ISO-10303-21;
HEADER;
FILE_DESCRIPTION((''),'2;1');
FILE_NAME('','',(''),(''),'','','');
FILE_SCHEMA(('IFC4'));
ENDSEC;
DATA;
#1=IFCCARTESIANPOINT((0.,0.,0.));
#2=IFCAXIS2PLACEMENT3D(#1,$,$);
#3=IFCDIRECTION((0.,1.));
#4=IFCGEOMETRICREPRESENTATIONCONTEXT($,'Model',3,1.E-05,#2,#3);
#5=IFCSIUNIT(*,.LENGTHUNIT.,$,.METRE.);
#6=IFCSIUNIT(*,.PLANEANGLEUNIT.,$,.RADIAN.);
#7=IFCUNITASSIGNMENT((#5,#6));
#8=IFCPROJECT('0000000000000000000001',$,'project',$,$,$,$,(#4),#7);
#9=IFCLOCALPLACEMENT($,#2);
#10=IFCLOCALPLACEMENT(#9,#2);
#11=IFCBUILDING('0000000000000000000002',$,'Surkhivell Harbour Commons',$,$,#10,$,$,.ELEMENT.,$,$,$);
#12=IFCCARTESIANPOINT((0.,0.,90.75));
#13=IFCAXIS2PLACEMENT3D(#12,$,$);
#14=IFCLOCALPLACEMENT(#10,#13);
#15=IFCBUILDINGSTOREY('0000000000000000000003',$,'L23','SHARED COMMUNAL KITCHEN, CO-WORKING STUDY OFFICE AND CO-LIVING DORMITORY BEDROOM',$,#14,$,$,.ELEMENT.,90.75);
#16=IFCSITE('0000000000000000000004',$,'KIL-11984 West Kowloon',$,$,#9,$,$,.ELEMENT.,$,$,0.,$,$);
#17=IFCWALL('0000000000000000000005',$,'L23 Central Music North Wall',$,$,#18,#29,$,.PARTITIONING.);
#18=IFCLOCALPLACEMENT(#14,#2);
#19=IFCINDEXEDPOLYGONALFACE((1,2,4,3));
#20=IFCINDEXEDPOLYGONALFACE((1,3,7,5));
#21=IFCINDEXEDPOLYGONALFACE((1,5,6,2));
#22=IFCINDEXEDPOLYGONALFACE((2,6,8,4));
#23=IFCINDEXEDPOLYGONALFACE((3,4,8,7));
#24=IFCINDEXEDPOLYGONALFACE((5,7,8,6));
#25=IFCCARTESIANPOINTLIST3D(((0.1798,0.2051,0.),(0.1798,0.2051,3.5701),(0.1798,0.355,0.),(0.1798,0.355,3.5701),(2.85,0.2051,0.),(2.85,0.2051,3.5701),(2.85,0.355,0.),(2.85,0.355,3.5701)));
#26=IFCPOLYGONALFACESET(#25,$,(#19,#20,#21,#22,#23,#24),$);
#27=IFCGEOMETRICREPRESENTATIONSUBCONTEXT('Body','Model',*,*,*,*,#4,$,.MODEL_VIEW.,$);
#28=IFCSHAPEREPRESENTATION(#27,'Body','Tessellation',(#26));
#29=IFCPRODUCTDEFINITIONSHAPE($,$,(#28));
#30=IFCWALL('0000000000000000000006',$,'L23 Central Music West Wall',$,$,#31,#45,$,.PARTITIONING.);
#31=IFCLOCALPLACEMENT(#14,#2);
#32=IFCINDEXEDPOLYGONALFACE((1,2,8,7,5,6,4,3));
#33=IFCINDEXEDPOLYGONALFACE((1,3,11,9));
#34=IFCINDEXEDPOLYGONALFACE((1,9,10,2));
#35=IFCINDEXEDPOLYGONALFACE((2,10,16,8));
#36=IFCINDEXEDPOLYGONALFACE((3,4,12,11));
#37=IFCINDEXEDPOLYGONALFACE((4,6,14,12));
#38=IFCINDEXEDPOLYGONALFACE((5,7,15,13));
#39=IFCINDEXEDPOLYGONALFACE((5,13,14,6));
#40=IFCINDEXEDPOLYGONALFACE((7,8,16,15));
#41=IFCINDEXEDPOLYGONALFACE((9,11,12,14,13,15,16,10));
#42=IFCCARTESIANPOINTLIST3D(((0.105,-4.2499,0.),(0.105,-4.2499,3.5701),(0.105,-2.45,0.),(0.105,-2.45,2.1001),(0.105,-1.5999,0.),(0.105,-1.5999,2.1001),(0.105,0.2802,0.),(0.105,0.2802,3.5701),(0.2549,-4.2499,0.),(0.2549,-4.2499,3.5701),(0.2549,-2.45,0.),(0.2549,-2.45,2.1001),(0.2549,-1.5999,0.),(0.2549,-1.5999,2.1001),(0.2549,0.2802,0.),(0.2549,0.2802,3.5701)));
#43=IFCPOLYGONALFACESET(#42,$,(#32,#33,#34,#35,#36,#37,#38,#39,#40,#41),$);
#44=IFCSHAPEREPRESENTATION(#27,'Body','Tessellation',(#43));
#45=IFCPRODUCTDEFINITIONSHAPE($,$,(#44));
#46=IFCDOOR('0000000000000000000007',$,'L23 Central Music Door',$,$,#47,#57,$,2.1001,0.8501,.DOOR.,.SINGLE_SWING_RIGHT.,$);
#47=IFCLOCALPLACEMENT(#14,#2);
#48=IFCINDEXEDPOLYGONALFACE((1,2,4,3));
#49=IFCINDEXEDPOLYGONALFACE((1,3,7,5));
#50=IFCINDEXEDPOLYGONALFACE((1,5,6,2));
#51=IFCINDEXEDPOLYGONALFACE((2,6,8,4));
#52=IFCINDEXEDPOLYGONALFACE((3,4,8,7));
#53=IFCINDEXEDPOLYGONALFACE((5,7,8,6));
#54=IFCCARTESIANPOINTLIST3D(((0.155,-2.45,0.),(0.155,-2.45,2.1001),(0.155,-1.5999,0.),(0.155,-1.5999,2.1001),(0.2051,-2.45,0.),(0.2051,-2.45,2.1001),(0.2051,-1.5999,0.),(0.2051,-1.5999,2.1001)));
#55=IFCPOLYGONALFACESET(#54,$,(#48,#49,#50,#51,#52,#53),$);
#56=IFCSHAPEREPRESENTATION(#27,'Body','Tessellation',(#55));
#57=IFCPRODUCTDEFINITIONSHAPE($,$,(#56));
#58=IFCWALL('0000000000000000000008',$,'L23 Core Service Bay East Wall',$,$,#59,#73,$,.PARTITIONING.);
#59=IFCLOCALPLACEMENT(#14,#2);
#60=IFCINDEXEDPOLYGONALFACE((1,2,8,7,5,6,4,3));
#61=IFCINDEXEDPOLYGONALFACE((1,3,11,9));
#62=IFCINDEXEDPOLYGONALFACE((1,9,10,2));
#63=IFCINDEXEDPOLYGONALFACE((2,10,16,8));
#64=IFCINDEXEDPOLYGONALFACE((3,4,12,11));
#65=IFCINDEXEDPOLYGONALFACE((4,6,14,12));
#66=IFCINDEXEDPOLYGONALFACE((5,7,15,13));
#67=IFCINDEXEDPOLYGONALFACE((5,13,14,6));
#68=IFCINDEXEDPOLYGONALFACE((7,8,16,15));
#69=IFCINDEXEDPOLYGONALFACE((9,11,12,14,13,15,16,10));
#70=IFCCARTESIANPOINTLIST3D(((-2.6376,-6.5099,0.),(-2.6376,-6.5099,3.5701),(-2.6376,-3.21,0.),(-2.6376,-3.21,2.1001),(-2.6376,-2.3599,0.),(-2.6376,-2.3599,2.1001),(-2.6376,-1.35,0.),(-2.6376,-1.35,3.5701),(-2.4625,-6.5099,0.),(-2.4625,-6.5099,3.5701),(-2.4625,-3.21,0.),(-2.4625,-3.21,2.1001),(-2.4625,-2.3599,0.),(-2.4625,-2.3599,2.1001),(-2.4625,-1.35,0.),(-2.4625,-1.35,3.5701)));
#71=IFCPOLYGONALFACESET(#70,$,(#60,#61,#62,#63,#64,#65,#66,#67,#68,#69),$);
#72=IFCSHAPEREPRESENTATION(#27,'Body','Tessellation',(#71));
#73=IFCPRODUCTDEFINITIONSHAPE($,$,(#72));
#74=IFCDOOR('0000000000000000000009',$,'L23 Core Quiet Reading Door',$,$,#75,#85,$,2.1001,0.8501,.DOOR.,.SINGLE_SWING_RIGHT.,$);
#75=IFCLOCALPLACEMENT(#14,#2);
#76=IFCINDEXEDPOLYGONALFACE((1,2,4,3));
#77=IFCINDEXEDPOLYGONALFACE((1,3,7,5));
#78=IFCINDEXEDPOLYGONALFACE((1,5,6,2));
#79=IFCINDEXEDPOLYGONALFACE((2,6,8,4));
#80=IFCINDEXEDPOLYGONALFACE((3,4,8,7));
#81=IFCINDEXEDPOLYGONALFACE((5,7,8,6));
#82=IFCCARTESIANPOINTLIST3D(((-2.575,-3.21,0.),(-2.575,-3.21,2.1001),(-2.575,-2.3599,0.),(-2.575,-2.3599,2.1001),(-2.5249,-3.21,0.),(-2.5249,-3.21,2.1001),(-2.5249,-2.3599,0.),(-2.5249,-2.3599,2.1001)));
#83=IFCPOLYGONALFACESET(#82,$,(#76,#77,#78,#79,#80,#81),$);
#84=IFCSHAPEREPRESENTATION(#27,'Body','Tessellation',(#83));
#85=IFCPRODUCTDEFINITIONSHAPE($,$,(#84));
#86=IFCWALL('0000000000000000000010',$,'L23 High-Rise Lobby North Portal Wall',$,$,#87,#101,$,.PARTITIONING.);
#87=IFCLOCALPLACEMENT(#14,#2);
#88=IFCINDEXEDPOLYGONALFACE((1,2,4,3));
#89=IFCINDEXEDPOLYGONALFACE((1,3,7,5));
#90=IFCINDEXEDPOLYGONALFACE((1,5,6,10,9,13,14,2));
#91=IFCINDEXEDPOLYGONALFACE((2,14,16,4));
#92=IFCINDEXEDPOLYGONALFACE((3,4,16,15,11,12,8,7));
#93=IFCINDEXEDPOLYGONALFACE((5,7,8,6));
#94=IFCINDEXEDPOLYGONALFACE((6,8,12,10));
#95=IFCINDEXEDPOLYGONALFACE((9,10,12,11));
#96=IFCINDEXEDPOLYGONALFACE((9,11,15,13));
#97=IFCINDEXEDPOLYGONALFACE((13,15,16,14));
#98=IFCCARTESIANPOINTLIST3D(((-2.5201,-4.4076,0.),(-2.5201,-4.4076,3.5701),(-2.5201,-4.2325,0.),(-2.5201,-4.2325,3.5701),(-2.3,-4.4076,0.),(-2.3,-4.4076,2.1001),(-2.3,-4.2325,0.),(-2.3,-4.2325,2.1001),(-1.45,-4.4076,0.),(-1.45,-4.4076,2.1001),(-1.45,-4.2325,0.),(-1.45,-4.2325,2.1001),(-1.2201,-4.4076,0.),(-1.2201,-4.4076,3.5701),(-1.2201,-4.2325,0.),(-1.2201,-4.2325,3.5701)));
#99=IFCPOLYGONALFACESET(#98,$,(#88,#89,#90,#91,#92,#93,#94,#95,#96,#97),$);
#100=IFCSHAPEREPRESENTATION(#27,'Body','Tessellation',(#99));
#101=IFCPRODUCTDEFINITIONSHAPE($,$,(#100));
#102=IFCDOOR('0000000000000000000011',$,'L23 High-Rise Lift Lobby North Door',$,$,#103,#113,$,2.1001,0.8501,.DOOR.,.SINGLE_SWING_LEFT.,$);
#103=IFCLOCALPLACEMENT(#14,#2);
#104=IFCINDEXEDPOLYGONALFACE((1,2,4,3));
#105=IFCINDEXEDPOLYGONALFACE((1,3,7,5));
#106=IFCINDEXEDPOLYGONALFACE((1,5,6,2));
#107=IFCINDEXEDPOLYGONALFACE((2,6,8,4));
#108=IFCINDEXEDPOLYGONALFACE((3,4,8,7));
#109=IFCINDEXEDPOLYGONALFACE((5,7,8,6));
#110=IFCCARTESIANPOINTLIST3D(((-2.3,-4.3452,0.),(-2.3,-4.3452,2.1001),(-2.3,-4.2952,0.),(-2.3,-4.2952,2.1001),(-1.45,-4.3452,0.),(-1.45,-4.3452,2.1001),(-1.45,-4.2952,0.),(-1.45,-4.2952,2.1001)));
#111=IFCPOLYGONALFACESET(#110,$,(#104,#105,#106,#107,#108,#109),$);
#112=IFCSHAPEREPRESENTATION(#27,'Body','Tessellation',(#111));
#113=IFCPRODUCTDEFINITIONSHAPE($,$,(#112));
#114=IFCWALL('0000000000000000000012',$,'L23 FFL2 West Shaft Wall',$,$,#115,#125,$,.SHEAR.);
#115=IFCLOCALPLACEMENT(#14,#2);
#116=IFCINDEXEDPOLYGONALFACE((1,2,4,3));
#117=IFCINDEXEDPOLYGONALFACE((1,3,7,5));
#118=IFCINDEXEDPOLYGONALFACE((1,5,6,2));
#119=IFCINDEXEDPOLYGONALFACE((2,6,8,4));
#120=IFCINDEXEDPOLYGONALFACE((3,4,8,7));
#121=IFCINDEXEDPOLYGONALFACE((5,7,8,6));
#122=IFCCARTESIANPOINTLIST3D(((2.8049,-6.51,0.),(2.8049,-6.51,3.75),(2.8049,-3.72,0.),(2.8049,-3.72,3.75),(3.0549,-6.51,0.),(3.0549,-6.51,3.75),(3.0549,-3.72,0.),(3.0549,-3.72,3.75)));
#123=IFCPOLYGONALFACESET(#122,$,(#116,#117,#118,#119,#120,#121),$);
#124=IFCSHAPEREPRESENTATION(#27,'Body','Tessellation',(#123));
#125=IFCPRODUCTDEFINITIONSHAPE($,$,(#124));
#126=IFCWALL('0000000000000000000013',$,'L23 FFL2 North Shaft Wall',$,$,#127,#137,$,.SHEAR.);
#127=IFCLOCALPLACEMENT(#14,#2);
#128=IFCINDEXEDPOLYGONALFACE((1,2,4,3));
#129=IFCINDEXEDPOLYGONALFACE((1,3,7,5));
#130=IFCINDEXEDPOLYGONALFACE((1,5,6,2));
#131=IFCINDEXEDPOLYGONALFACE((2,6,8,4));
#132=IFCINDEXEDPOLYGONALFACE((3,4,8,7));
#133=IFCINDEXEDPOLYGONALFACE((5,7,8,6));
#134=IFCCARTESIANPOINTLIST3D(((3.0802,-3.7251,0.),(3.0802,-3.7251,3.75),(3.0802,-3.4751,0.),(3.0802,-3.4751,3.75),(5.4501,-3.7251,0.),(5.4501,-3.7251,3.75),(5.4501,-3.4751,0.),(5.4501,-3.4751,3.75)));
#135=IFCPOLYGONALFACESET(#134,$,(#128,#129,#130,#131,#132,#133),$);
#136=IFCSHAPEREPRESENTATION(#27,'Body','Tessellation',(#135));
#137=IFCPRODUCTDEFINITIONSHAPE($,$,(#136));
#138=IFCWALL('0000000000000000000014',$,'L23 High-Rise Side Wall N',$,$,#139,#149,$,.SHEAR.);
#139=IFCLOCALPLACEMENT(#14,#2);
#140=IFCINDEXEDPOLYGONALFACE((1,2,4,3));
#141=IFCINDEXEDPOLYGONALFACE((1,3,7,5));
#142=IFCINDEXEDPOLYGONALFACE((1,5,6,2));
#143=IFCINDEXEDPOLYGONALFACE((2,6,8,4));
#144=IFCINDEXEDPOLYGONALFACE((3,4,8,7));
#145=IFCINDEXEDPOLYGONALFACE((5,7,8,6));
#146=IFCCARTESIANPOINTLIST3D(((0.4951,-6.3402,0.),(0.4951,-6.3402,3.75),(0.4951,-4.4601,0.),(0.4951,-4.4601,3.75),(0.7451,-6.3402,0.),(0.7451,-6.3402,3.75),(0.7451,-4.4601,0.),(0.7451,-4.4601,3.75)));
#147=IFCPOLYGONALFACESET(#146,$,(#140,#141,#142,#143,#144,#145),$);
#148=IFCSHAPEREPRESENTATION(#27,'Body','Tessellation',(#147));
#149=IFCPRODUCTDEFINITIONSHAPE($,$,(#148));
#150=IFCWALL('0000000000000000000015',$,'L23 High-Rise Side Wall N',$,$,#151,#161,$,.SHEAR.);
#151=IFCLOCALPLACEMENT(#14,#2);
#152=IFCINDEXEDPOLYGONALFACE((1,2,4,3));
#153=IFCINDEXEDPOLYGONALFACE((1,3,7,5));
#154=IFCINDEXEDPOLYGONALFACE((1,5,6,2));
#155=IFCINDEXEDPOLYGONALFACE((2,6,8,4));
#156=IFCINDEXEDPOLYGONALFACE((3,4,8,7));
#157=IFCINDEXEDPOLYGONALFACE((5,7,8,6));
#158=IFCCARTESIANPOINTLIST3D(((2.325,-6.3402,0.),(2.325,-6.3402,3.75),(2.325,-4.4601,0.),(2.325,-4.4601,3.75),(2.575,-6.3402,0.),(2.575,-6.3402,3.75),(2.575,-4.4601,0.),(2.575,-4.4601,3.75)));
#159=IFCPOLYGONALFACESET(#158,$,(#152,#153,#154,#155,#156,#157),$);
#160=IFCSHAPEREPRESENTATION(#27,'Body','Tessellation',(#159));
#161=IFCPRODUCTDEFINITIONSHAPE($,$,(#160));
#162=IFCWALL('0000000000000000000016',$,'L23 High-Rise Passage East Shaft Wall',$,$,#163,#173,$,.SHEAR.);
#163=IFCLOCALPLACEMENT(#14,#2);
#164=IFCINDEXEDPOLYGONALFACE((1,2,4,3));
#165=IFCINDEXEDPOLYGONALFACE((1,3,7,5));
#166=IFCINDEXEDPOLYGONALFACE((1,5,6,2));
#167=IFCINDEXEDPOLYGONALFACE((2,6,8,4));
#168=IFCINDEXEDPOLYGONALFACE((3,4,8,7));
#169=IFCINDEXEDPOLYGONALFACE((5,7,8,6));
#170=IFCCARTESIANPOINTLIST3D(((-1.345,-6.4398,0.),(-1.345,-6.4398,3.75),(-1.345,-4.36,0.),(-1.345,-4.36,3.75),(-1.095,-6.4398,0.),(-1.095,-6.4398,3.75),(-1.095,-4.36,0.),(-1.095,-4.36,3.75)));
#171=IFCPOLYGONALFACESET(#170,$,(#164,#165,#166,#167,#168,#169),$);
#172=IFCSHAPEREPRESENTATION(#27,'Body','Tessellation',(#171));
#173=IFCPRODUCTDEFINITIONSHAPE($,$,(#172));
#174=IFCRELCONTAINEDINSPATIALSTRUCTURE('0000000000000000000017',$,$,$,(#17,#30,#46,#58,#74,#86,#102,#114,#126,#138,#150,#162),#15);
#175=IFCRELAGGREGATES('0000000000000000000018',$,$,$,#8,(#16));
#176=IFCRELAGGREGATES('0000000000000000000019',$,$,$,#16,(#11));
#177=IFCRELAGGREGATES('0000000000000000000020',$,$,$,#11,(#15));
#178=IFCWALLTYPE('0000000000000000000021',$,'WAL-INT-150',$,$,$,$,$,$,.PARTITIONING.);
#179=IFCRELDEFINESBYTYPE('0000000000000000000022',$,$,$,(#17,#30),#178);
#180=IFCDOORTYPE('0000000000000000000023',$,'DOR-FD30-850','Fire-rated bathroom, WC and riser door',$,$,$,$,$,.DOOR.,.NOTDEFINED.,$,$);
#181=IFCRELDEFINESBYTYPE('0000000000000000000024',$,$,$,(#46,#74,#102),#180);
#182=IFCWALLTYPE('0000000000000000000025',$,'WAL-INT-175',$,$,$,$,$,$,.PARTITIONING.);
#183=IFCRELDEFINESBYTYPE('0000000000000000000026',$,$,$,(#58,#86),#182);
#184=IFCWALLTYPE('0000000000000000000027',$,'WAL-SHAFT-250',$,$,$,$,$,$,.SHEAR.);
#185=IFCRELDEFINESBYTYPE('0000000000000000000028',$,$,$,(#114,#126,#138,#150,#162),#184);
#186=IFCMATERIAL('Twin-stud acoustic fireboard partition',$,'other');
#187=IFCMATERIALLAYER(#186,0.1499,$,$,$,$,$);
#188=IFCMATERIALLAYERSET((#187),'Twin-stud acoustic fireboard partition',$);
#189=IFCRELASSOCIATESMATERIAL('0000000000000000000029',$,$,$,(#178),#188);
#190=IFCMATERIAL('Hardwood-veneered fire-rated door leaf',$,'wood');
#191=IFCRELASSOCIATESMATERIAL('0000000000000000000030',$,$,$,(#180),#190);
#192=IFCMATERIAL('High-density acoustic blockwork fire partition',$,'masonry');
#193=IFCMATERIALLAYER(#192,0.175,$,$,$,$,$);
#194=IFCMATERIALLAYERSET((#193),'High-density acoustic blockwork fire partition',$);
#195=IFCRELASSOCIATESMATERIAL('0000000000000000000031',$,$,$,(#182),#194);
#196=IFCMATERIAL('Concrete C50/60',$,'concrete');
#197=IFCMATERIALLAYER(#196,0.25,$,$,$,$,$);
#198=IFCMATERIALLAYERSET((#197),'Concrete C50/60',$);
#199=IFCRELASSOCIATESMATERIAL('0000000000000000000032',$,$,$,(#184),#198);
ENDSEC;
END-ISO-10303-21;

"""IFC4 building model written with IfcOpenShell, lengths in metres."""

from ifc_helpers import new_model, si_unit, direction, frame, frame_2d, origin, place, context, subcontext, project, spatial, rectangle, extrude, material, layer, layer_set, type_object, element, fill, save


model = new_model("IFC4")

# Units and contexts
model_context = context("Model", 3, precision=1e-05, world=origin(), true_north=direction((0.0, 1.0)))
body_context = subcontext(model_context, "Body", "Model", "MODEL_VIEW")
ifc_project = project(units=[si_unit("LENGTHUNIT", "METRE"), si_unit("PLANEANGLEUNIT", "RADIAN")], contexts=[model_context])

# Site, building, storey
site_placement = place(None, origin())
site = spatial("IfcSite", under=ifc_project, at=site_placement, Name="KIL-11984 West Kowloon", CompositionType="ELEMENT", RefElevation=0.0)
building_placement = place(site_placement, origin())
building = spatial("IfcBuilding", under=site, at=building_placement, Name="Surkhivell Harbour Commons", CompositionType="ELEMENT")
storey_placement = place(building_placement, frame((0.0, 0.0, 90.75)))
storey = spatial("IfcBuildingStorey", under=building, at=storey_placement, Name="L23", Description="SHARED COMMUNAL KITCHEN, CO-WORKING STUDY OFFICE AND CO-LIVING DORMITORY BEDROOM", CompositionType="ELEMENT", Elevation=90.75)

# Wall
ifc_material_1 = material(Name="Twin-stud acoustic fireboard partition", Category="other")
ifc_layer_1 = layer(ifc_material_1, 0.1499)
ifc_layer_set_1 = layer_set([ifc_layer_1], Name="Twin-stud acoustic fireboard partition")
wall_type_1 = type_object("IfcWallType", Name="WAL-INT-150", PredefinedType="PARTITIONING", material=ifc_layer_set_1)
wall_1_placement = place(storey_placement, frame((0.1799, 0.28, 0.0), z_axis=(0.0, 0.0, 1.0), x_axis=(1.0, 0.0, 0.0)))
element("IfcWall", 1, at=wall_1_placement, inside=storey, type_object=wall_type_1, Name="L23 Central Music North Wall", PredefinedType="PARTITIONING", context=body_context, shape_type="SweptSolid", body=[
    extrude(rectangle(XDim=2.6702, YDim=0.1499, at=frame_2d((1.335, 0.0))), origin(), (0.0, 0.0, 1.0), 3.5701),
])

# Walls, openings, doors
wall_2_placement = place(storey_placement, frame((0.1799, -4.25, 0.0), z_axis=(0.0, 0.0, 1.0), x_axis=(0.0, 1.0, 0.0)))
wall_2 = element("IfcWall", 2, at=wall_2_placement, inside=storey, type_object=wall_type_1, Name="L23 Central Music West Wall", PredefinedType="PARTITIONING", context=body_context, shape_type="SweptSolid", body=[
    extrude(rectangle(XDim=4.53, YDim=0.1499, at=frame_2d((2.2651, 0.0))), origin(), (0.0, 0.0, 1.0), 3.5701),
])
opening_1_placement = place(wall_2_placement, frame((1.8, 0.0, 0.0)))
opening_1 = element("IfcOpeningElement", 3, at=opening_1_placement, cuts=wall_2, PredefinedType="OPENING", context=body_context, shape_type="SweptSolid", body=[
    extrude(rectangle(XDim=0.8501, YDim=2.1001, at=frame_2d((0.425, 1.05))), frame((0.0, 0.085, 0.0), z_axis=(0.0, -1.0, 0.0), x_axis=(1.0, 0.0, 0.0)), (0.0, 0.0, 1.0), 0.1699),
])
ifc_material_2 = material(Name="Hardwood-veneered fire-rated door leaf", Category="wood")
door_type_1 = type_object("IfcDoorType", Name="DOR-FD30-850", Description="Fire-rated bathroom, WC and riser door", OperationType="NOTDEFINED", PredefinedType="DOOR", material=ifc_material_2)
door_1_placement = place(opening_1_placement, origin())
door_1 = element("IfcDoor", 4, at=door_1_placement, inside=storey, type_object=door_type_1, Name="L23 Central Music Door", OperationType="SINGLE_SWING_RIGHT", OverallHeight=2.1001, OverallWidth=0.8501, PredefinedType="DOOR", context=body_context, shape_type="SweptSolid", body=[
    extrude(rectangle(XDim=0.8501, YDim=2.1001, at=frame_2d((0.425, 1.05))), frame((0.0, 0.0249, 0.0), z_axis=(0.0, -1.0, 0.0), x_axis=(1.0, 0.0, 0.0)), (0.0, 0.0, 1.0), 0.05),
])
fill(opening_1, door_1)
ifc_material_3 = material(Name="High-density acoustic blockwork fire partition", Category="masonry")
ifc_layer_2 = layer(ifc_material_3, 0.175)
ifc_layer_set_2 = layer_set([ifc_layer_2], Name="High-density acoustic blockwork fire partition")
wall_type_2 = type_object("IfcWallType", Name="WAL-INT-175", PredefinedType="PARTITIONING", material=ifc_layer_set_2)
wall_3_placement = place(storey_placement, frame((-2.55, -6.51, 0.0), z_axis=(0.0, 0.0, 1.0), x_axis=(0.0, 1.0, 0.0)))
wall_3 = element("IfcWall", 5, at=wall_3_placement, inside=storey, type_object=wall_type_2, Name="L23 Core Service Bay East Wall", PredefinedType="PARTITIONING", context=body_context, shape_type="SweptSolid", body=[
    extrude(rectangle(XDim=5.1599, YDim=0.175, at=frame_2d((2.5801, 0.0))), origin(), (0.0, 0.0, 1.0), 3.5701),
])
opening_2_placement = place(wall_3_placement, frame((3.3, 0.0, 0.0)))
opening_2 = element("IfcOpeningElement", 6, at=opening_2_placement, cuts=wall_3, PredefinedType="OPENING", context=body_context, shape_type="SweptSolid", body=[
    extrude(rectangle(XDim=0.8501, YDim=2.1001, at=frame_2d((0.425, 1.05))), frame((0.0, 0.0974, 0.0), z_axis=(0.0, -1.0, 0.0), x_axis=(1.0, 0.0, 0.0)), (0.0, 0.0, 1.0), 0.1951),
])
door_2_placement = place(opening_2_placement, origin())
door_2 = element("IfcDoor", 7, at=door_2_placement, inside=storey, type_object=door_type_1, Name="L23 Core Quiet Reading Door", OperationType="SINGLE_SWING_RIGHT", OverallHeight=2.1001, OverallWidth=0.8501, PredefinedType="DOOR", context=body_context, shape_type="SweptSolid", body=[
    extrude(rectangle(XDim=0.8501, YDim=2.1001, at=frame_2d((0.425, 1.05))), frame((0.0, 0.0249, 0.0), z_axis=(0.0, -1.0, 0.0), x_axis=(1.0, 0.0, 0.0)), (0.0, 0.0, 1.0), 0.05),
])
fill(opening_2, door_2)
wall_4_placement = place(storey_placement, frame((-2.52, -4.3201, 0.0), z_axis=(0.0, 0.0, 1.0), x_axis=(1.0, 0.0, 0.0)))
wall_4 = element("IfcWall", 8, at=wall_4_placement, inside=storey, type_object=wall_type_2, Name="L23 High-Rise Lobby North Portal Wall", PredefinedType="PARTITIONING", context=body_context, shape_type="SweptSolid", body=[
    extrude(rectangle(XDim=1.3, YDim=0.175, at=frame_2d((0.6499, 0.0))), origin(), (0.0, 0.0, 1.0), 3.5701),
])
opening_3_placement = place(wall_4_placement, frame((0.22, 0.0, 0.0)))
opening_3 = element("IfcOpeningElement", 9, at=opening_3_placement, cuts=wall_4, PredefinedType="OPENING", context=body_context, shape_type="SweptSolid", body=[
    extrude(rectangle(XDim=0.8501, YDim=2.1001, at=frame_2d((0.425, 1.05))), frame((0.0, 0.0974, 0.0), z_axis=(0.0, -1.0, 0.0), x_axis=(1.0, 0.0, 0.0)), (0.0, 0.0, 1.0), 0.1951),
])
door_3_placement = place(opening_3_placement, origin())
door_3 = element("IfcDoor", 10, at=door_3_placement, inside=storey, type_object=door_type_1, Name="L23 High-Rise Lift Lobby North Door", OperationType="SINGLE_SWING_LEFT", OverallHeight=2.1001, OverallWidth=0.8501, PredefinedType="DOOR", context=body_context, shape_type="SweptSolid", body=[
    extrude(rectangle(XDim=0.8501, YDim=2.1001, at=frame_2d((0.425, 1.05))), frame((0.0, 0.0249, 0.0), z_axis=(0.0, -1.0, 0.0), x_axis=(1.0, 0.0, 0.0)), (0.0, 0.0, 1.0), 0.05),
])
fill(opening_3, door_3)

# Walls
ifc_material_4 = material(Name="Concrete C50/60", Category="concrete")
ifc_layer_3 = layer(ifc_material_4, 0.25)
ifc_layer_set_3 = layer_set([ifc_layer_3], Name="Concrete C50/60")
wall_type_3 = type_object("IfcWallType", Name="WAL-SHAFT-250", PredefinedType="SHEAR", material=ifc_layer_set_3)
wall_5_placement = place(storey_placement, frame((2.9299, -6.51, 0.0), z_axis=(0.0, 0.0, 1.0), x_axis=(0.0, 1.0, 0.0)))
element("IfcWall", 11, at=wall_5_placement, inside=storey, type_object=wall_type_3, Name="L23 FFL2 West Shaft Wall", PredefinedType="SHEAR", context=body_context, shape_type="SweptSolid", body=[
    extrude(rectangle(XDim=2.79, YDim=0.25, at=frame_2d((1.395, 0.0))), origin(), (0.0, 0.0, 1.0), 3.75),
])
wall_6_placement = place(storey_placement, frame((3.0801, -3.6001, 0.0), z_axis=(0.0, 0.0, 1.0), x_axis=(1.0, 0.0, 0.0)))
element("IfcWall", 12, at=wall_6_placement, inside=storey, type_object=wall_type_3, Name="L23 FFL2 North Shaft Wall", PredefinedType="SHEAR", context=body_context, shape_type="SweptSolid", body=[
    extrude(rectangle(XDim=2.3699, YDim=0.25, at=frame_2d((1.1851, 0.0))), origin(), (0.0, 0.0, 1.0), 3.75),
])
for number, where, z_axis, x_axis, name in (
    (13, (0.6201, -6.3401, 0.0), (0.0, 0.0, 1.0), (0.0, 1.0, 0.0), "L23 High-Rise Side Wall N"),
    (14, (2.45, -6.3401, 0.0), (0.0, 0.0, 1.0), (0.0, 1.0, 0.0), "L23 High-Rise Side Wall N"),
):
    element("IfcWall", number, at=place(storey_placement, frame(where, z_axis=z_axis, x_axis=x_axis)), inside=storey, type_object=wall_type_3, Name=name, PredefinedType="SHEAR", context=body_context, shape_type="SweptSolid", body=[
        extrude(rectangle(XDim=1.8801, YDim=0.25, at=frame_2d((0.9399, 0.0))), origin(), (0.0, 0.0, 1.0), 3.75),
    ])
wall_7_placement = place(storey_placement, frame((-1.22, -6.4399, 0.0), z_axis=(0.0, 0.0, 1.0), x_axis=(0.0, 1.0, 0.0)))
element("IfcWall", 15, at=wall_7_placement, inside=storey, type_object=wall_type_3, Name="L23 High-Rise Passage East Shaft Wall", PredefinedType="SHEAR", context=body_context, shape_type="SweptSolid", body=[
    extrude(rectangle(XDim=2.0798, YDim=0.25, at=frame_2d((1.04, 0.0))), origin(), (0.0, 0.0, 1.0), 3.75),
])

save(model, "model.ifc")
